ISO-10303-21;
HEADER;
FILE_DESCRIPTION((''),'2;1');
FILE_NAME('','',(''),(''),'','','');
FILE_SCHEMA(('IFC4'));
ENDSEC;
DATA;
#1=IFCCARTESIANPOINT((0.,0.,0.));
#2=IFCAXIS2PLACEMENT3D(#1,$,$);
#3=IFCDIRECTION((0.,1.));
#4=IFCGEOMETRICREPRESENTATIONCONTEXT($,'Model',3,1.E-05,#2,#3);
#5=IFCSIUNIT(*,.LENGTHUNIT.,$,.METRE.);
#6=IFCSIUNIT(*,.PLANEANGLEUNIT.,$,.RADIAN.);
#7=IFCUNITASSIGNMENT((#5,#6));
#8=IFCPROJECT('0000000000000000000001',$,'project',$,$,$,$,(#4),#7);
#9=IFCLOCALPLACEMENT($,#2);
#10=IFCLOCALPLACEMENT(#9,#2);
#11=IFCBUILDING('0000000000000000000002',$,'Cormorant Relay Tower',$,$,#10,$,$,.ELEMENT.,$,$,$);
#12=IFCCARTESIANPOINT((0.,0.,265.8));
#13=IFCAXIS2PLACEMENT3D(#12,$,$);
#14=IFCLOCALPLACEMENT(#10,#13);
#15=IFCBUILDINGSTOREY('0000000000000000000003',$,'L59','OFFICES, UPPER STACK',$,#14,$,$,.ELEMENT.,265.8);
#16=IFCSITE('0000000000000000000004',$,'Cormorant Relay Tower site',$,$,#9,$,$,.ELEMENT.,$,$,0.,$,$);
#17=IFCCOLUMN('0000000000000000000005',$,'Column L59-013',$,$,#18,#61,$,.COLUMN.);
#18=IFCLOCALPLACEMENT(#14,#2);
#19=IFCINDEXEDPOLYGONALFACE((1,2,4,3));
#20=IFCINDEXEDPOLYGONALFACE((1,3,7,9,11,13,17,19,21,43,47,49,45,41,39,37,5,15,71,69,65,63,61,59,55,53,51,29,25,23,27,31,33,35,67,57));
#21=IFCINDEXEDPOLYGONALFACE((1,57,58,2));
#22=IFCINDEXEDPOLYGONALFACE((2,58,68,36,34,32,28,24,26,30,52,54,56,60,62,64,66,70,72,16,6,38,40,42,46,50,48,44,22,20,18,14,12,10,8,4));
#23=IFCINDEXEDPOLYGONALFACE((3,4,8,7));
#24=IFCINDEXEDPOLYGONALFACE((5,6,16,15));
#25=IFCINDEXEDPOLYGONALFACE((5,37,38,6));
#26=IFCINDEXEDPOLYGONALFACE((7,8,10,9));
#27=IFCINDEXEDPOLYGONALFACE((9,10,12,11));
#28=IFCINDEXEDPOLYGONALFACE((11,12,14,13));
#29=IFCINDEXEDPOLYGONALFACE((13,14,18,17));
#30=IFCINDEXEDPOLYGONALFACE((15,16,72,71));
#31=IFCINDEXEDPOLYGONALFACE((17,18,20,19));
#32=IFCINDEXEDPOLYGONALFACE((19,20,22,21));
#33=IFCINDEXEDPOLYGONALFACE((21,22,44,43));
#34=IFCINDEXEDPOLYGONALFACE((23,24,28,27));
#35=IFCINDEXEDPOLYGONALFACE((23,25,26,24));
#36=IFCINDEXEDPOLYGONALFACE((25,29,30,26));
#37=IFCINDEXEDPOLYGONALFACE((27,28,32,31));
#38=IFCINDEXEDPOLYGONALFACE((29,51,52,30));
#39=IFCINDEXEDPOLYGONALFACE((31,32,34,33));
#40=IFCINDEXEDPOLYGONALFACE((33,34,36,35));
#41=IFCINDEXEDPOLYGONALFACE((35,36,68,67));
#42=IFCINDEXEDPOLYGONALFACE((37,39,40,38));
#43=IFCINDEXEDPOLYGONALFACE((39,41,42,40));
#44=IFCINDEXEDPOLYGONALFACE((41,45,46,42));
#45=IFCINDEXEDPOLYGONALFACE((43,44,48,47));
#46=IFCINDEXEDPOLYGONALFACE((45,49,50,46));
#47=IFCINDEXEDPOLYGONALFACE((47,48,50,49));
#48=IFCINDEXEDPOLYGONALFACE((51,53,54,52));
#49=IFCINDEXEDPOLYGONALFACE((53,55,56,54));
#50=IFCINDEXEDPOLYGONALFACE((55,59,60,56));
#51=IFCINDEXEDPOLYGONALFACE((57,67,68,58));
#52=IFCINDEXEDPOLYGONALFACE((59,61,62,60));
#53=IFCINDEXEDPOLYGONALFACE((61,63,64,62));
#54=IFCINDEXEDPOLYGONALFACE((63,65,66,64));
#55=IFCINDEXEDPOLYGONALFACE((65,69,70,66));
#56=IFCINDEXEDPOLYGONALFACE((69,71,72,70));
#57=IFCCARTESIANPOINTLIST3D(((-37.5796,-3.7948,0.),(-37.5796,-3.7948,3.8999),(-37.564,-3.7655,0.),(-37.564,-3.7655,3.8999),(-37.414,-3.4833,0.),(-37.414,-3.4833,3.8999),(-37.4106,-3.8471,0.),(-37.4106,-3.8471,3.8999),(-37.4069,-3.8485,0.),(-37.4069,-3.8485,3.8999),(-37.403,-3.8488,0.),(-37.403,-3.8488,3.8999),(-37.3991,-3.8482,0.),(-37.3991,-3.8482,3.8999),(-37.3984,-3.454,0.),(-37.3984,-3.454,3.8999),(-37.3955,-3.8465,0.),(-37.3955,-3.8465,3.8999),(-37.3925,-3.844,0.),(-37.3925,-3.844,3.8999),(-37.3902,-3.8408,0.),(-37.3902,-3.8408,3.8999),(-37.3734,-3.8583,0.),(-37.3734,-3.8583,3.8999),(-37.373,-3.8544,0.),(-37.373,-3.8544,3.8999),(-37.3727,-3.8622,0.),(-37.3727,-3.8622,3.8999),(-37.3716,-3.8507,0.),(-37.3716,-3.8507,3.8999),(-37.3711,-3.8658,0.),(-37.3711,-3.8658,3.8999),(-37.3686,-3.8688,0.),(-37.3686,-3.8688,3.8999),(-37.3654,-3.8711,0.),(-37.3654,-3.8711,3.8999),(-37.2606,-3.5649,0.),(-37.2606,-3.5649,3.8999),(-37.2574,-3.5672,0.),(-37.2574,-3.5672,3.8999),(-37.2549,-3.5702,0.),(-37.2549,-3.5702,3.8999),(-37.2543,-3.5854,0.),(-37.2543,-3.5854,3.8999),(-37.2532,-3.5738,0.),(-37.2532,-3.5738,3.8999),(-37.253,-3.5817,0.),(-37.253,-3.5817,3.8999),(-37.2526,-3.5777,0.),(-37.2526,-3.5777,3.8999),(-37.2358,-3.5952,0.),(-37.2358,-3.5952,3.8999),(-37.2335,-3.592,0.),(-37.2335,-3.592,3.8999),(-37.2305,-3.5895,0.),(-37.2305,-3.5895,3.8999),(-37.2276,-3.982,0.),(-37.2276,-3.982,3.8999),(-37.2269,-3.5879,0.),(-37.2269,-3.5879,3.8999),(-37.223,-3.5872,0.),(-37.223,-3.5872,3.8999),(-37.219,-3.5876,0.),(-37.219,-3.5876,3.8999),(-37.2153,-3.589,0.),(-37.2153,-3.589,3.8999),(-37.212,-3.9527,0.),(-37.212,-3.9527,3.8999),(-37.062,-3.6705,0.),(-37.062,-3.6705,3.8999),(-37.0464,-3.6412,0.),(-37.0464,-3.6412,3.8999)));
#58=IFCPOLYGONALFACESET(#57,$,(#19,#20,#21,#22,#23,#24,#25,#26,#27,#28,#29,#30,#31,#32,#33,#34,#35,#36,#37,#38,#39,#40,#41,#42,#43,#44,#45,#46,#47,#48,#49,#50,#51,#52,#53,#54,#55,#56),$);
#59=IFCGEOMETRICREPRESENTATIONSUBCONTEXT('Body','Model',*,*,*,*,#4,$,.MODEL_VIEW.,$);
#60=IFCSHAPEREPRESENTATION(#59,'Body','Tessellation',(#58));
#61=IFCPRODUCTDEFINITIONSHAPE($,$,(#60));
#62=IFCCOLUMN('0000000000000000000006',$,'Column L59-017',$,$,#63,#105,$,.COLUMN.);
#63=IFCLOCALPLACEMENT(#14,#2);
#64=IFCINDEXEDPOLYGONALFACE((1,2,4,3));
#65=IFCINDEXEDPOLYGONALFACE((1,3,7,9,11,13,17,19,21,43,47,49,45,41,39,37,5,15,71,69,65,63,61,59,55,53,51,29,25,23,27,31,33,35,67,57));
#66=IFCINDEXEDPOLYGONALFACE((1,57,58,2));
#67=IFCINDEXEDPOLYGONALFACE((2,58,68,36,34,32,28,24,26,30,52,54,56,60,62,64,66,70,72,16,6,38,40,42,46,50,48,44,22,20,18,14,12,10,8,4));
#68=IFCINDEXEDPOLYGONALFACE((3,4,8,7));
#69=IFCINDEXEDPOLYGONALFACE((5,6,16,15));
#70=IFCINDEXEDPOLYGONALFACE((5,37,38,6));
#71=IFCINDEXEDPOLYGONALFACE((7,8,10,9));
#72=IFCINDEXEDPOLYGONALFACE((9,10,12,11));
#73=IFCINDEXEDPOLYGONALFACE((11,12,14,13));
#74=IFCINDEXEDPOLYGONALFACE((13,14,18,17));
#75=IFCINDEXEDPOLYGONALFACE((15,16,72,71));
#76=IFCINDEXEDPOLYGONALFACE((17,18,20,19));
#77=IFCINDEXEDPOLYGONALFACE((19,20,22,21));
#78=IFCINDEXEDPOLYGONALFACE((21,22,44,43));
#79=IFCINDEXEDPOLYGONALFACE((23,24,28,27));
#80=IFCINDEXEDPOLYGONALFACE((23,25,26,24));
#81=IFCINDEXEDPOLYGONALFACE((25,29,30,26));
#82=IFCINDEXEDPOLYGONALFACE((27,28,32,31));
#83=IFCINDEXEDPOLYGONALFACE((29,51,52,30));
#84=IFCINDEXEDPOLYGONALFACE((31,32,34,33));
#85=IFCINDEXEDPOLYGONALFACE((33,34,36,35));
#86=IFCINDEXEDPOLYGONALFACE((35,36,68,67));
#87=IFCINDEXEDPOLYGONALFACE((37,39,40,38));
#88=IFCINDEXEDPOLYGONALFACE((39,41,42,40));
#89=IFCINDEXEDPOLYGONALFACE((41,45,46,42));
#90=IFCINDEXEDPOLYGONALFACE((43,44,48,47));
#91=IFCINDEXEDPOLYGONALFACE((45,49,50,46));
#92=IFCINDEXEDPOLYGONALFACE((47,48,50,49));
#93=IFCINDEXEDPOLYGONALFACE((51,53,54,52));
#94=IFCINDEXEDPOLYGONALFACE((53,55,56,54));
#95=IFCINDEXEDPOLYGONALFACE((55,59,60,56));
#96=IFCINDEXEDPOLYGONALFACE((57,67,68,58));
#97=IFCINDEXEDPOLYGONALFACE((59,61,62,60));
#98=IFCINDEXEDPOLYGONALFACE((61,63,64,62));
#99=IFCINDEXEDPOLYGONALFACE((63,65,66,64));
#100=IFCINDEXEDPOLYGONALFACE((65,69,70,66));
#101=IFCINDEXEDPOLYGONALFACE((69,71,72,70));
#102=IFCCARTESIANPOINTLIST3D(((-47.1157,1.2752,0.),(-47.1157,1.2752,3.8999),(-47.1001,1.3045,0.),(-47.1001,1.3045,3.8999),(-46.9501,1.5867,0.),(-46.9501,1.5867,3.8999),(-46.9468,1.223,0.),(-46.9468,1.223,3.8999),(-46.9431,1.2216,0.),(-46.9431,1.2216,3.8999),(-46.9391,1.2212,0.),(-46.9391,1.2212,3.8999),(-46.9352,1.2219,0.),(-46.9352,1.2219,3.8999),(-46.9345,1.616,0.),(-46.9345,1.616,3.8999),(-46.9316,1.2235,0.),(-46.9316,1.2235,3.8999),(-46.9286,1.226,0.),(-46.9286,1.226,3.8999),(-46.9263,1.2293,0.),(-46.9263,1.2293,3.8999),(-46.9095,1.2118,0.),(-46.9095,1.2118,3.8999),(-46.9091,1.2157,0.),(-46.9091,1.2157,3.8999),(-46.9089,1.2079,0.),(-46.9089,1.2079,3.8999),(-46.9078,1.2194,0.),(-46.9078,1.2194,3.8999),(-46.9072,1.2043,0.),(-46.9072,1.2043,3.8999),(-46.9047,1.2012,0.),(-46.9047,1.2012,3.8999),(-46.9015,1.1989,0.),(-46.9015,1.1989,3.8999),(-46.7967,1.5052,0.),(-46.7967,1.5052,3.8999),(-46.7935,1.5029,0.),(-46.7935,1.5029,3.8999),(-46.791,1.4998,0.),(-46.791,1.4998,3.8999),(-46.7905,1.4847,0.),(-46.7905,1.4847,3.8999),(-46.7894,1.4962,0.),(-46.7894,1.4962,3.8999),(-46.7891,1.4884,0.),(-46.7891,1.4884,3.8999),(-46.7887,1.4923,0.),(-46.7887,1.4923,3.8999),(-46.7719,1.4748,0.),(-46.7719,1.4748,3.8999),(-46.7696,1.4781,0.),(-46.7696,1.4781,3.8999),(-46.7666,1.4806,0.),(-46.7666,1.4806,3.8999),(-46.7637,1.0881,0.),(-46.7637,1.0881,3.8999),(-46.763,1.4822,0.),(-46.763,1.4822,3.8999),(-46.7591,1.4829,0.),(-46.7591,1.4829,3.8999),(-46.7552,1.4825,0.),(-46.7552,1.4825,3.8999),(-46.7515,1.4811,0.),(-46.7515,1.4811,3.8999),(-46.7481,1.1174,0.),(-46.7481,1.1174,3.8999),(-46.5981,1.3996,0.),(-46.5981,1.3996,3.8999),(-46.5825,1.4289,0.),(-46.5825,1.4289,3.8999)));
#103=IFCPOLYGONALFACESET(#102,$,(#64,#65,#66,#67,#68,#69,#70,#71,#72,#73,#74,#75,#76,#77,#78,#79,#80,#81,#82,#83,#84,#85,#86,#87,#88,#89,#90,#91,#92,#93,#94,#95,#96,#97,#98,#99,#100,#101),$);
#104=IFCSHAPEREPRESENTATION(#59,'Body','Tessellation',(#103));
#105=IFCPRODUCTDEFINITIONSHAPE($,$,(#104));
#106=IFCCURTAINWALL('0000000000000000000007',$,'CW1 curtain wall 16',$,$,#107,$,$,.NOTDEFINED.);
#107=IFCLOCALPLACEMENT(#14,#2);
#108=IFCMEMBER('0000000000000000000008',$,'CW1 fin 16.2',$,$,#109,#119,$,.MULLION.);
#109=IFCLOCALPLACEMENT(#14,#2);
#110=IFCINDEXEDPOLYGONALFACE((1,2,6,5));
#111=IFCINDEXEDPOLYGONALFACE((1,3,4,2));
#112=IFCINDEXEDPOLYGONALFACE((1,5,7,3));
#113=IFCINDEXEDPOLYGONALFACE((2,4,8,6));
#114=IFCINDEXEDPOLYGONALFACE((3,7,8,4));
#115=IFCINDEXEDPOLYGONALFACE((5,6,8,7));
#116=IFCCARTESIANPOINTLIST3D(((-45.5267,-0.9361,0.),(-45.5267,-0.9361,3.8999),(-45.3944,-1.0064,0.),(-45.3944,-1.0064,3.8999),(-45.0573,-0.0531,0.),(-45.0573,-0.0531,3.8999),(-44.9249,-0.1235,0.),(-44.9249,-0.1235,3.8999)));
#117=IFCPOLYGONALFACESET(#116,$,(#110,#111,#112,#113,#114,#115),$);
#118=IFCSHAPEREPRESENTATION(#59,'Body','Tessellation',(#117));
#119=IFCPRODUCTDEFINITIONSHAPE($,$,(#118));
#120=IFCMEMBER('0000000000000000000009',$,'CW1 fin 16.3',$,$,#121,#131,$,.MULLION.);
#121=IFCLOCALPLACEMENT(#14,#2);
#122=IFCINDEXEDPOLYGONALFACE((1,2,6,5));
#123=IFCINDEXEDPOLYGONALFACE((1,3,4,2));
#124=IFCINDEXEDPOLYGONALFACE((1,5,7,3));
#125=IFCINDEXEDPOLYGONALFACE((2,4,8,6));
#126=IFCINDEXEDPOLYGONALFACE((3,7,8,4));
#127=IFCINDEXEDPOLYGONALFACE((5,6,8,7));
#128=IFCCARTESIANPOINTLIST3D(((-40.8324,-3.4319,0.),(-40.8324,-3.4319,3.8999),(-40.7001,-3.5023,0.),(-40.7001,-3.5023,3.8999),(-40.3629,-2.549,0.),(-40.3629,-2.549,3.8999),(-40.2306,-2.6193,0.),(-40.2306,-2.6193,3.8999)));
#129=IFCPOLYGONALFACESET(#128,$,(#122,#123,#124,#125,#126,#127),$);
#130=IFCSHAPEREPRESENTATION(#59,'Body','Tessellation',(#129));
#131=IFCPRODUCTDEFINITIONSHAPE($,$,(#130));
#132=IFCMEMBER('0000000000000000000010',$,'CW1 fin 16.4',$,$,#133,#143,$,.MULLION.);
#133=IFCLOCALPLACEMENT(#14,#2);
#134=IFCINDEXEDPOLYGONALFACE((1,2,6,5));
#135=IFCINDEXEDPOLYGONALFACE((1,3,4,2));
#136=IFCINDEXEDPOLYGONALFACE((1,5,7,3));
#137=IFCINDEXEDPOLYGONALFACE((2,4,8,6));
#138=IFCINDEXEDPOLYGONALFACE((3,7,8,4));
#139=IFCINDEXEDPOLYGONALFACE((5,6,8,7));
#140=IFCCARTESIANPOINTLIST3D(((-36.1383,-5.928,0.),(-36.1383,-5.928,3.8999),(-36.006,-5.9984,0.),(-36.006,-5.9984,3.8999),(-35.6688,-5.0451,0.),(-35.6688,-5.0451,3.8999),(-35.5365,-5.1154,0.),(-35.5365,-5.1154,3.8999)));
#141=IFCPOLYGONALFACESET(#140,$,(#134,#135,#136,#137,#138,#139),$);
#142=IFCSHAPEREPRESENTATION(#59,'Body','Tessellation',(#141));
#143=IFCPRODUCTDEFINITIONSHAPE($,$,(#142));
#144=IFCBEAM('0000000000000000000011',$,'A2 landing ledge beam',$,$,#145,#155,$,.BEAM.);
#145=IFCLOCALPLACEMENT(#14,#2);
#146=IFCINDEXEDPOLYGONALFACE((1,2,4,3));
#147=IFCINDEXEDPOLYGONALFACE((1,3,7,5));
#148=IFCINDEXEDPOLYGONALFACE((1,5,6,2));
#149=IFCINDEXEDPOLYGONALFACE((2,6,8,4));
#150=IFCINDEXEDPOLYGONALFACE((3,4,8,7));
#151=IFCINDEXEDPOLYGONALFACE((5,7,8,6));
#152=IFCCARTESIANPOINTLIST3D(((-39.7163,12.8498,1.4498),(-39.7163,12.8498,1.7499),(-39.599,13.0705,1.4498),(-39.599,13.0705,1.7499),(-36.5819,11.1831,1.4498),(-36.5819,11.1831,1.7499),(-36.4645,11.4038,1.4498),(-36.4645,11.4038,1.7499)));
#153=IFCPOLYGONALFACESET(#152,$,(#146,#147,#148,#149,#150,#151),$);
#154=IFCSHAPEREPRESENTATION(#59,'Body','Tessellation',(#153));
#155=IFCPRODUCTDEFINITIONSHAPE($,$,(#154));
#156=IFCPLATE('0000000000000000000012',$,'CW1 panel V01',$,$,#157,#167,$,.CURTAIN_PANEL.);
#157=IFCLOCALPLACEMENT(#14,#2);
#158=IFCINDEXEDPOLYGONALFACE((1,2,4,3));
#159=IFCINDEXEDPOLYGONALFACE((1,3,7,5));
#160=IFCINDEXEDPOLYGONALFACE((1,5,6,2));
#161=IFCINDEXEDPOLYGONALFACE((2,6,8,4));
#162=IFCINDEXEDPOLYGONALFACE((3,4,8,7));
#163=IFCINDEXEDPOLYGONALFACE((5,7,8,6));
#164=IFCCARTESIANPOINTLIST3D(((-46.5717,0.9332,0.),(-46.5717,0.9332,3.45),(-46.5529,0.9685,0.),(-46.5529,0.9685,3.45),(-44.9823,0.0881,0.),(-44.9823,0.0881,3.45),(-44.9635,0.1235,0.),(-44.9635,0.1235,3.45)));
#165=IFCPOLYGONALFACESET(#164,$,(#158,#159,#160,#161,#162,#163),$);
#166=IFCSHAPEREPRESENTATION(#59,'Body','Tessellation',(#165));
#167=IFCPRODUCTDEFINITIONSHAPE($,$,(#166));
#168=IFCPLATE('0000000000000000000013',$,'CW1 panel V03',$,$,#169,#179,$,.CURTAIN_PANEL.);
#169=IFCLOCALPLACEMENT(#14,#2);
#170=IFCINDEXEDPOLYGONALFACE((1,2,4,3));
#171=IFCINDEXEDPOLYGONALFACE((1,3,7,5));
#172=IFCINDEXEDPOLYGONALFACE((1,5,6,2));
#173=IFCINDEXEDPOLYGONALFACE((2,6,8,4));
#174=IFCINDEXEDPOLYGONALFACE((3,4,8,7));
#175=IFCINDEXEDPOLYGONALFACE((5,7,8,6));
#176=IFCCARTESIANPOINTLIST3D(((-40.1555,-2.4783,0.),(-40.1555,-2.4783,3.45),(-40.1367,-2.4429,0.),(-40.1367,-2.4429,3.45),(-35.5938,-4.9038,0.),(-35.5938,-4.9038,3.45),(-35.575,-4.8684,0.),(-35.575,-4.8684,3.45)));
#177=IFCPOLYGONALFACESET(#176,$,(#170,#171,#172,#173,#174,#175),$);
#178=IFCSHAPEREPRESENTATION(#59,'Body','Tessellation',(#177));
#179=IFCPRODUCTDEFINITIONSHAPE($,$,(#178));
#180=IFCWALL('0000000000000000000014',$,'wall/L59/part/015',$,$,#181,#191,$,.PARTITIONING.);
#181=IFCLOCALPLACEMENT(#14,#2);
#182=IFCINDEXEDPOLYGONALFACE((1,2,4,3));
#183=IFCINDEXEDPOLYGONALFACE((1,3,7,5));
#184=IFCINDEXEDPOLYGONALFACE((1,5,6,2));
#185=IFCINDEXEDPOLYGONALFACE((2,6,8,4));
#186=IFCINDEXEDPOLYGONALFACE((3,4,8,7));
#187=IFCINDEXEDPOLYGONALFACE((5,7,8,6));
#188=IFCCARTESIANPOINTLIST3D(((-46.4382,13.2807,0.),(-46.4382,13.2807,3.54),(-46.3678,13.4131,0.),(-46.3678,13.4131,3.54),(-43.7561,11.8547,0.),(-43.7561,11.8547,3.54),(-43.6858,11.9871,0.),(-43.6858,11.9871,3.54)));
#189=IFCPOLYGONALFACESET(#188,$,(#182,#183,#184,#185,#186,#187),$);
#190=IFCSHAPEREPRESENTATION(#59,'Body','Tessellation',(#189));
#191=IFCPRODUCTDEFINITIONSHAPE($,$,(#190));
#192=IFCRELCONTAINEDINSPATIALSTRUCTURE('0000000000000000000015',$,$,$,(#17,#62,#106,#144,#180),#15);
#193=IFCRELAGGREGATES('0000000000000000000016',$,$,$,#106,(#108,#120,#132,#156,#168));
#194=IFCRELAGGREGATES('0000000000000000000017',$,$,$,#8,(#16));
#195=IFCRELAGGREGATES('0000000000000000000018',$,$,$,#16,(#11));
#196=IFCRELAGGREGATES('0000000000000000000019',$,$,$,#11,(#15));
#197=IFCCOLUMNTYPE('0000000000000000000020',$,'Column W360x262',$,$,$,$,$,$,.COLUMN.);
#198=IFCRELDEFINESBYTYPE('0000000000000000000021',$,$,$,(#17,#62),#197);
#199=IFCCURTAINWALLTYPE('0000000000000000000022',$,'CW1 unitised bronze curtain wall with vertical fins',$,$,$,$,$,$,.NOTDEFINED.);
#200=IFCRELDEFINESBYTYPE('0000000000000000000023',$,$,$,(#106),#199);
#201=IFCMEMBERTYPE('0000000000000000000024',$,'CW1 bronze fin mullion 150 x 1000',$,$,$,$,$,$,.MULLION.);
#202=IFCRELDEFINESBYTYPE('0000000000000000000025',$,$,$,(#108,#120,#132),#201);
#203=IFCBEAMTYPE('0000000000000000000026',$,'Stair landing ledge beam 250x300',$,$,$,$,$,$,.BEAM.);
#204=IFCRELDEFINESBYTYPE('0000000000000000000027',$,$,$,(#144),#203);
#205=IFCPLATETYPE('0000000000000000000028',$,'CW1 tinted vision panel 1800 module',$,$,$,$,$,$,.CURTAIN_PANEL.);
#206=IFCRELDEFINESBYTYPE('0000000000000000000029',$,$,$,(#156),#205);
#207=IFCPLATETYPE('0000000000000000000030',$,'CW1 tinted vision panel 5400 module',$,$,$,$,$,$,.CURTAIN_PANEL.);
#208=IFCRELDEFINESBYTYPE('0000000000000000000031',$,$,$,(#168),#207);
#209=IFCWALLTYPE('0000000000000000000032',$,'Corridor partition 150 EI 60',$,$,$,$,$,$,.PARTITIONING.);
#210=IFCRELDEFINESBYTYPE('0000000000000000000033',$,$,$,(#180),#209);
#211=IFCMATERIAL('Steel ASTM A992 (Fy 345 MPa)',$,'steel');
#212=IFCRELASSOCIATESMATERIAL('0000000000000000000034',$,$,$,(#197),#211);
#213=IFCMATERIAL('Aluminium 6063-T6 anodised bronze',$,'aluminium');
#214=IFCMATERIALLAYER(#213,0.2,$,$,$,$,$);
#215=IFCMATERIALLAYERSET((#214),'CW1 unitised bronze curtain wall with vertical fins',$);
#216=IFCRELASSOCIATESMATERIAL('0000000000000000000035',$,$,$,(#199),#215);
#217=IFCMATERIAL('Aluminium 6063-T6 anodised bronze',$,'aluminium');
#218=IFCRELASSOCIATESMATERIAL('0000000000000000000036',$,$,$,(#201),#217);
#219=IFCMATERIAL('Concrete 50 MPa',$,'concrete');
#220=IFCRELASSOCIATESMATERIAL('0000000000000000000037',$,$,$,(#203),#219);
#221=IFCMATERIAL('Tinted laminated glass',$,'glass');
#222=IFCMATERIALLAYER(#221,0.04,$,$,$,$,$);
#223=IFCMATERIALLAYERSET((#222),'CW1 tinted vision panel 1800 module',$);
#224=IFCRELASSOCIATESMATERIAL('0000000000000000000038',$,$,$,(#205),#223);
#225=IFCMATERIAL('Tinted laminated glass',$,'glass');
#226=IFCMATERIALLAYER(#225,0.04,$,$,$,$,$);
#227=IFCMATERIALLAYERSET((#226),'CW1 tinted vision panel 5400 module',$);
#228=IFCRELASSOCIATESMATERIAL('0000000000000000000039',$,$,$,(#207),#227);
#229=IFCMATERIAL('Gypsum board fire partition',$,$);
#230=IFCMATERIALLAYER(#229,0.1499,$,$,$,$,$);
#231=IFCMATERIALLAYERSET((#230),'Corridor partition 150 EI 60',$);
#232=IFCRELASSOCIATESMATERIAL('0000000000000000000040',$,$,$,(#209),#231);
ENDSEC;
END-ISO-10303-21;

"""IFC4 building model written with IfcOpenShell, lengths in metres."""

from ifc_helpers import new_model, si_unit, direction, frame, frame_2d, origin, origin_2d, place, context, subcontext, project, spatial, rectangle, i_section, extrude, material, layer, layer_set, material_profile, profile_set, type_object, element, aggregate, save


model = new_model("IFC4")

# Units and contexts
model_context = context("Model", 3, precision=1e-05, world=origin(), true_north=direction((0.0, 1.0)))
body_context = subcontext(model_context, "Body", "Model", "MODEL_VIEW")
ifc_project = project(units=[si_unit("LENGTHUNIT", "METRE"), si_unit("PLANEANGLEUNIT", "RADIAN")], contexts=[model_context])

# Site, building, storey
site_placement = place(None, origin())
site = spatial("IfcSite", under=ifc_project, at=site_placement, Name="Cormorant Relay Tower site", CompositionType="ELEMENT", RefElevation=0.0)
building_placement = place(site_placement, origin())
building = spatial("IfcBuilding", under=site, at=building_placement, Name="Cormorant Relay Tower", CompositionType="ELEMENT")
storey_placement = place(building_placement, frame((0.0, 0.0, 265.8)))
storey = spatial("IfcBuildingStorey", under=building, at=storey_placement, Name="L59", Description="OFFICES, UPPER STACK", CompositionType="ELEMENT", Elevation=265.8)

# Columns
ifc_material_1 = material(Name="Steel ASTM A992 (Fy 345 MPa)", Category="steel")
ifc_material_profile_1 = material_profile(ifc_material_1, i_section(OverallWidth=0.3987, OverallDepth=0.386, WebThickness=0.021, FlangeThickness=0.0332, FilletRadius=0.0151, at=origin_2d()), Name="W360x262")
ifc_profile_set_1 = profile_set([ifc_material_profile_1], Name="Steel ASTM A992 (Fy 345 MPa)")
column_type = type_object("IfcColumnType", Name="Column W360x262", PredefinedType="COLUMN", material=ifc_profile_set_1)
for number, where, z_axis, x_axis, name in (
    (1, (-37.313, -3.718, 0.0), (0.0, 0.0, 1.0), (0.882948, -0.469472, 0.0), "Column L59-013"),
    (2, (-46.8491, 1.3521, 0.0), (0.0, 0.0, 1.0), (0.882948, -0.469472, 0.0), "Column L59-017"),
):
    element("IfcColumn", number, at=place(storey_placement, frame(where, z_axis=z_axis, x_axis=x_axis)), inside=storey, type_object=column_type, Name=name, PredefinedType="COLUMN", context=body_context, shape_type="SweptSolid", body=[
        extrude(i_section(OverallWidth=0.3987, OverallDepth=0.386, WebThickness=0.021, FlangeThickness=0.0332, FilletRadius=0.0151, at=origin_2d()), origin(), (0.0, 0.0, 1.0), 3.8999),
    ])

# Curtain wall, members
ifc_material_2 = material(Name="Aluminium 6063-T6 anodised bronze", Category="aluminium")
ifc_layer_1 = layer(ifc_material_2, 0.2)
ifc_layer_set_1 = layer_set([ifc_layer_1], Name="CW1 unitised bronze curtain wall with vertical fins")
curtain_wall_type = type_object("IfcCurtainWallType", Name="CW1 unitised bronze curtain wall with vertical fins", PredefinedType="NOTDEFINED", material=ifc_layer_set_1)
curtain_wall_placement = place(storey_placement, origin())
curtain_wall = element("IfcCurtainWall", 3, at=curtain_wall_placement, inside=storey, type_object=curtain_wall_type, Name="CW1 curtain wall 16", PredefinedType="NOTDEFINED")
ifc_material_3 = material(Name="Aluminium 6063-T6 anodised bronze", Category="aluminium")
ifc_material_profile_2 = material_profile(ifc_material_3, rectangle(XDim=0.1499, YDim=1.0, at=origin_2d()), Name="AL 150x1000")
ifc_profile_set_2 = profile_set([ifc_material_profile_2], Name="Aluminium 6063-T6 anodised bronze")
member_type = type_object("IfcMemberType", Name="CW1 bronze fin mullion 150 x 1000", PredefinedType="MULLION", material=ifc_profile_set_2)
member_1_placement = place(storey_placement, frame((-45.2258, -0.5298, 0.0), z_axis=(0.0, 0.0, 1.0), x_axis=(0.882948, -0.469472, 0.0)))
member_1 = element("IfcMember", 4, at=member_1_placement, type_object=member_type, Name="CW1 fin 16.2", PredefinedType="MULLION", context=body_context, shape_type="SweptSolid", body=[
    extrude(rectangle(XDim=0.1499, YDim=1.0, at=origin_2d()), origin(), (0.0, 0.0, 1.0), 3.8999),
])
member_2_placement = place(storey_placement, frame((-40.5315, -3.0256, 0.0), z_axis=(0.0, 0.0, 1.0), x_axis=(0.882948, -0.469472, 0.0)))
member_2 = element("IfcMember", 5, at=member_2_placement, type_object=member_type, Name="CW1 fin 16.3", PredefinedType="MULLION", context=body_context, shape_type="SweptSolid", body=[
    extrude(rectangle(XDim=0.1499, YDim=1.0, at=origin_2d()), origin(), (0.0, 0.0, 1.0), 3.8999),
])
member_3_placement = place(storey_placement, frame((-35.8374, -5.5217, 0.0), z_axis=(0.0, 0.0, 1.0), x_axis=(0.882948, -0.469472, 0.0)))
member_3 = element("IfcMember", 6, at=member_3_placement, type_object=member_type, Name="CW1 fin 16.4", PredefinedType="MULLION", context=body_context, shape_type="SweptSolid", body=[
    extrude(rectangle(XDim=0.1499, YDim=1.0, at=origin_2d()), origin(), (0.0, 0.0, 1.0), 3.8999),
])

# Beam
ifc_material_4 = material(Name="Concrete 50 MPa", Category="concrete")
ifc_material_profile_3 = material_profile(ifc_material_4, rectangle(XDim=0.25, YDim=0.3, at=origin_2d()), Name="RC 250x300")
ifc_profile_set_3 = profile_set([ifc_material_profile_3], Name="Concrete 50 MPa")
beam_type = type_object("IfcBeamType", Name="Stair landing ledge beam 250x300", PredefinedType="BEAM", material=ifc_profile_set_3)
beam_placement = place(storey_placement, frame((-36.5232, 11.2935, 1.5999), z_axis=(-0.882937, 0.469492, 0.0), x_axis=(-0.469492, -0.882937, 0.0)))
element("IfcBeam", 7, at=beam_placement, inside=storey, type_object=beam_type, Name="A2 landing ledge beam", PredefinedType="BEAM", context=body_context, shape_type="SweptSolid", body=[
    extrude(rectangle(XDim=0.25, YDim=0.3, at=origin_2d()), origin(), (0.0, 0.0, 1.0), 3.55),
])

# Plates
ifc_material_5 = material(Name="Tinted laminated glass", Category="glass")
ifc_layer_2 = layer(ifc_material_5, 0.04)
ifc_layer_set_2 = layer_set([ifc_layer_2], Name="CW1 tinted vision panel 1800 module")
plate_type_1 = type_object("IfcPlateType", Name="CW1 tinted vision panel 1800 module", PredefinedType="CURTAIN_PANEL", material=ifc_layer_set_2)
plate_1_placement = place(storey_placement, frame((-45.7676, 0.5283, 0.0), z_axis=(0.0, 0.0, 1.0), x_axis=(0.882948, -0.469472, 0.0)))
plate_1 = element("IfcPlate", 8, at=plate_1_placement, type_object=plate_type_1, Name="CW1 panel V01", PredefinedType="CURTAIN_PANEL", context=body_context, shape_type="SweptSolid", body=[
    extrude(rectangle(XDim=1.8, YDim=0.04, at=origin_2d()), origin(), (0.0, 0.0, 1.0), 3.45),
])
ifc_material_6 = material(Name="Tinted laminated glass", Category="glass")
ifc_layer_3 = layer(ifc_material_6, 0.04)
ifc_layer_set_3 = layer_set([ifc_layer_3], Name="CW1 tinted vision panel 5400 module")
plate_type_2 = type_object("IfcPlateType", Name="CW1 tinted vision panel 5400 module", PredefinedType="CURTAIN_PANEL", material=ifc_layer_set_3)
plate_2_placement = place(storey_placement, frame((-37.8652, -3.6733, 0.0), z_axis=(0.0, 0.0, 1.0), x_axis=(0.882948, -0.469472, 0.0)))
plate_2 = element("IfcPlate", 9, at=plate_2_placement, type_object=plate_type_2, Name="CW1 panel V03", PredefinedType="CURTAIN_PANEL", context=body_context, shape_type="SweptSolid", body=[
    extrude(rectangle(XDim=5.1665, YDim=0.04, at=origin_2d()), origin(), (0.0, 0.0, 1.0), 3.45),
])

# Wall
ifc_material_7 = material(Name="Gypsum board fire partition")
ifc_layer_4 = layer(ifc_material_7, 0.1499)
ifc_layer_set_4 = layer_set([ifc_layer_4], Name="Corridor partition 150 EI 60")
wall_type_1 = type_object("IfcWallType", Name="Corridor partition 150 EI 60", PredefinedType="PARTITIONING", material=ifc_layer_set_4)
wall_1_placement = place(storey_placement, frame((-43.7209, 11.9209, 0.0), z_axis=(0.0, 0.0, 1.0), x_axis=(-0.88296, 0.469449, 0.0)))
element("IfcWall", 10, at=wall_1_placement, inside=storey, type_object=wall_type_1, Name="wall/L59/part/015", PredefinedType="PARTITIONING", context=body_context, shape_type="SweptSolid", body=[
    extrude(rectangle(XDim=3.0376, YDim=0.1499, at=frame_2d((1.5188, 0.0))), origin(), (0.0, 0.0, 1.0), 3.54),
])

aggregate(curtain_wall, [member_1, member_2, member_3, plate_1, plate_2])

save(model, "model.ifc")
